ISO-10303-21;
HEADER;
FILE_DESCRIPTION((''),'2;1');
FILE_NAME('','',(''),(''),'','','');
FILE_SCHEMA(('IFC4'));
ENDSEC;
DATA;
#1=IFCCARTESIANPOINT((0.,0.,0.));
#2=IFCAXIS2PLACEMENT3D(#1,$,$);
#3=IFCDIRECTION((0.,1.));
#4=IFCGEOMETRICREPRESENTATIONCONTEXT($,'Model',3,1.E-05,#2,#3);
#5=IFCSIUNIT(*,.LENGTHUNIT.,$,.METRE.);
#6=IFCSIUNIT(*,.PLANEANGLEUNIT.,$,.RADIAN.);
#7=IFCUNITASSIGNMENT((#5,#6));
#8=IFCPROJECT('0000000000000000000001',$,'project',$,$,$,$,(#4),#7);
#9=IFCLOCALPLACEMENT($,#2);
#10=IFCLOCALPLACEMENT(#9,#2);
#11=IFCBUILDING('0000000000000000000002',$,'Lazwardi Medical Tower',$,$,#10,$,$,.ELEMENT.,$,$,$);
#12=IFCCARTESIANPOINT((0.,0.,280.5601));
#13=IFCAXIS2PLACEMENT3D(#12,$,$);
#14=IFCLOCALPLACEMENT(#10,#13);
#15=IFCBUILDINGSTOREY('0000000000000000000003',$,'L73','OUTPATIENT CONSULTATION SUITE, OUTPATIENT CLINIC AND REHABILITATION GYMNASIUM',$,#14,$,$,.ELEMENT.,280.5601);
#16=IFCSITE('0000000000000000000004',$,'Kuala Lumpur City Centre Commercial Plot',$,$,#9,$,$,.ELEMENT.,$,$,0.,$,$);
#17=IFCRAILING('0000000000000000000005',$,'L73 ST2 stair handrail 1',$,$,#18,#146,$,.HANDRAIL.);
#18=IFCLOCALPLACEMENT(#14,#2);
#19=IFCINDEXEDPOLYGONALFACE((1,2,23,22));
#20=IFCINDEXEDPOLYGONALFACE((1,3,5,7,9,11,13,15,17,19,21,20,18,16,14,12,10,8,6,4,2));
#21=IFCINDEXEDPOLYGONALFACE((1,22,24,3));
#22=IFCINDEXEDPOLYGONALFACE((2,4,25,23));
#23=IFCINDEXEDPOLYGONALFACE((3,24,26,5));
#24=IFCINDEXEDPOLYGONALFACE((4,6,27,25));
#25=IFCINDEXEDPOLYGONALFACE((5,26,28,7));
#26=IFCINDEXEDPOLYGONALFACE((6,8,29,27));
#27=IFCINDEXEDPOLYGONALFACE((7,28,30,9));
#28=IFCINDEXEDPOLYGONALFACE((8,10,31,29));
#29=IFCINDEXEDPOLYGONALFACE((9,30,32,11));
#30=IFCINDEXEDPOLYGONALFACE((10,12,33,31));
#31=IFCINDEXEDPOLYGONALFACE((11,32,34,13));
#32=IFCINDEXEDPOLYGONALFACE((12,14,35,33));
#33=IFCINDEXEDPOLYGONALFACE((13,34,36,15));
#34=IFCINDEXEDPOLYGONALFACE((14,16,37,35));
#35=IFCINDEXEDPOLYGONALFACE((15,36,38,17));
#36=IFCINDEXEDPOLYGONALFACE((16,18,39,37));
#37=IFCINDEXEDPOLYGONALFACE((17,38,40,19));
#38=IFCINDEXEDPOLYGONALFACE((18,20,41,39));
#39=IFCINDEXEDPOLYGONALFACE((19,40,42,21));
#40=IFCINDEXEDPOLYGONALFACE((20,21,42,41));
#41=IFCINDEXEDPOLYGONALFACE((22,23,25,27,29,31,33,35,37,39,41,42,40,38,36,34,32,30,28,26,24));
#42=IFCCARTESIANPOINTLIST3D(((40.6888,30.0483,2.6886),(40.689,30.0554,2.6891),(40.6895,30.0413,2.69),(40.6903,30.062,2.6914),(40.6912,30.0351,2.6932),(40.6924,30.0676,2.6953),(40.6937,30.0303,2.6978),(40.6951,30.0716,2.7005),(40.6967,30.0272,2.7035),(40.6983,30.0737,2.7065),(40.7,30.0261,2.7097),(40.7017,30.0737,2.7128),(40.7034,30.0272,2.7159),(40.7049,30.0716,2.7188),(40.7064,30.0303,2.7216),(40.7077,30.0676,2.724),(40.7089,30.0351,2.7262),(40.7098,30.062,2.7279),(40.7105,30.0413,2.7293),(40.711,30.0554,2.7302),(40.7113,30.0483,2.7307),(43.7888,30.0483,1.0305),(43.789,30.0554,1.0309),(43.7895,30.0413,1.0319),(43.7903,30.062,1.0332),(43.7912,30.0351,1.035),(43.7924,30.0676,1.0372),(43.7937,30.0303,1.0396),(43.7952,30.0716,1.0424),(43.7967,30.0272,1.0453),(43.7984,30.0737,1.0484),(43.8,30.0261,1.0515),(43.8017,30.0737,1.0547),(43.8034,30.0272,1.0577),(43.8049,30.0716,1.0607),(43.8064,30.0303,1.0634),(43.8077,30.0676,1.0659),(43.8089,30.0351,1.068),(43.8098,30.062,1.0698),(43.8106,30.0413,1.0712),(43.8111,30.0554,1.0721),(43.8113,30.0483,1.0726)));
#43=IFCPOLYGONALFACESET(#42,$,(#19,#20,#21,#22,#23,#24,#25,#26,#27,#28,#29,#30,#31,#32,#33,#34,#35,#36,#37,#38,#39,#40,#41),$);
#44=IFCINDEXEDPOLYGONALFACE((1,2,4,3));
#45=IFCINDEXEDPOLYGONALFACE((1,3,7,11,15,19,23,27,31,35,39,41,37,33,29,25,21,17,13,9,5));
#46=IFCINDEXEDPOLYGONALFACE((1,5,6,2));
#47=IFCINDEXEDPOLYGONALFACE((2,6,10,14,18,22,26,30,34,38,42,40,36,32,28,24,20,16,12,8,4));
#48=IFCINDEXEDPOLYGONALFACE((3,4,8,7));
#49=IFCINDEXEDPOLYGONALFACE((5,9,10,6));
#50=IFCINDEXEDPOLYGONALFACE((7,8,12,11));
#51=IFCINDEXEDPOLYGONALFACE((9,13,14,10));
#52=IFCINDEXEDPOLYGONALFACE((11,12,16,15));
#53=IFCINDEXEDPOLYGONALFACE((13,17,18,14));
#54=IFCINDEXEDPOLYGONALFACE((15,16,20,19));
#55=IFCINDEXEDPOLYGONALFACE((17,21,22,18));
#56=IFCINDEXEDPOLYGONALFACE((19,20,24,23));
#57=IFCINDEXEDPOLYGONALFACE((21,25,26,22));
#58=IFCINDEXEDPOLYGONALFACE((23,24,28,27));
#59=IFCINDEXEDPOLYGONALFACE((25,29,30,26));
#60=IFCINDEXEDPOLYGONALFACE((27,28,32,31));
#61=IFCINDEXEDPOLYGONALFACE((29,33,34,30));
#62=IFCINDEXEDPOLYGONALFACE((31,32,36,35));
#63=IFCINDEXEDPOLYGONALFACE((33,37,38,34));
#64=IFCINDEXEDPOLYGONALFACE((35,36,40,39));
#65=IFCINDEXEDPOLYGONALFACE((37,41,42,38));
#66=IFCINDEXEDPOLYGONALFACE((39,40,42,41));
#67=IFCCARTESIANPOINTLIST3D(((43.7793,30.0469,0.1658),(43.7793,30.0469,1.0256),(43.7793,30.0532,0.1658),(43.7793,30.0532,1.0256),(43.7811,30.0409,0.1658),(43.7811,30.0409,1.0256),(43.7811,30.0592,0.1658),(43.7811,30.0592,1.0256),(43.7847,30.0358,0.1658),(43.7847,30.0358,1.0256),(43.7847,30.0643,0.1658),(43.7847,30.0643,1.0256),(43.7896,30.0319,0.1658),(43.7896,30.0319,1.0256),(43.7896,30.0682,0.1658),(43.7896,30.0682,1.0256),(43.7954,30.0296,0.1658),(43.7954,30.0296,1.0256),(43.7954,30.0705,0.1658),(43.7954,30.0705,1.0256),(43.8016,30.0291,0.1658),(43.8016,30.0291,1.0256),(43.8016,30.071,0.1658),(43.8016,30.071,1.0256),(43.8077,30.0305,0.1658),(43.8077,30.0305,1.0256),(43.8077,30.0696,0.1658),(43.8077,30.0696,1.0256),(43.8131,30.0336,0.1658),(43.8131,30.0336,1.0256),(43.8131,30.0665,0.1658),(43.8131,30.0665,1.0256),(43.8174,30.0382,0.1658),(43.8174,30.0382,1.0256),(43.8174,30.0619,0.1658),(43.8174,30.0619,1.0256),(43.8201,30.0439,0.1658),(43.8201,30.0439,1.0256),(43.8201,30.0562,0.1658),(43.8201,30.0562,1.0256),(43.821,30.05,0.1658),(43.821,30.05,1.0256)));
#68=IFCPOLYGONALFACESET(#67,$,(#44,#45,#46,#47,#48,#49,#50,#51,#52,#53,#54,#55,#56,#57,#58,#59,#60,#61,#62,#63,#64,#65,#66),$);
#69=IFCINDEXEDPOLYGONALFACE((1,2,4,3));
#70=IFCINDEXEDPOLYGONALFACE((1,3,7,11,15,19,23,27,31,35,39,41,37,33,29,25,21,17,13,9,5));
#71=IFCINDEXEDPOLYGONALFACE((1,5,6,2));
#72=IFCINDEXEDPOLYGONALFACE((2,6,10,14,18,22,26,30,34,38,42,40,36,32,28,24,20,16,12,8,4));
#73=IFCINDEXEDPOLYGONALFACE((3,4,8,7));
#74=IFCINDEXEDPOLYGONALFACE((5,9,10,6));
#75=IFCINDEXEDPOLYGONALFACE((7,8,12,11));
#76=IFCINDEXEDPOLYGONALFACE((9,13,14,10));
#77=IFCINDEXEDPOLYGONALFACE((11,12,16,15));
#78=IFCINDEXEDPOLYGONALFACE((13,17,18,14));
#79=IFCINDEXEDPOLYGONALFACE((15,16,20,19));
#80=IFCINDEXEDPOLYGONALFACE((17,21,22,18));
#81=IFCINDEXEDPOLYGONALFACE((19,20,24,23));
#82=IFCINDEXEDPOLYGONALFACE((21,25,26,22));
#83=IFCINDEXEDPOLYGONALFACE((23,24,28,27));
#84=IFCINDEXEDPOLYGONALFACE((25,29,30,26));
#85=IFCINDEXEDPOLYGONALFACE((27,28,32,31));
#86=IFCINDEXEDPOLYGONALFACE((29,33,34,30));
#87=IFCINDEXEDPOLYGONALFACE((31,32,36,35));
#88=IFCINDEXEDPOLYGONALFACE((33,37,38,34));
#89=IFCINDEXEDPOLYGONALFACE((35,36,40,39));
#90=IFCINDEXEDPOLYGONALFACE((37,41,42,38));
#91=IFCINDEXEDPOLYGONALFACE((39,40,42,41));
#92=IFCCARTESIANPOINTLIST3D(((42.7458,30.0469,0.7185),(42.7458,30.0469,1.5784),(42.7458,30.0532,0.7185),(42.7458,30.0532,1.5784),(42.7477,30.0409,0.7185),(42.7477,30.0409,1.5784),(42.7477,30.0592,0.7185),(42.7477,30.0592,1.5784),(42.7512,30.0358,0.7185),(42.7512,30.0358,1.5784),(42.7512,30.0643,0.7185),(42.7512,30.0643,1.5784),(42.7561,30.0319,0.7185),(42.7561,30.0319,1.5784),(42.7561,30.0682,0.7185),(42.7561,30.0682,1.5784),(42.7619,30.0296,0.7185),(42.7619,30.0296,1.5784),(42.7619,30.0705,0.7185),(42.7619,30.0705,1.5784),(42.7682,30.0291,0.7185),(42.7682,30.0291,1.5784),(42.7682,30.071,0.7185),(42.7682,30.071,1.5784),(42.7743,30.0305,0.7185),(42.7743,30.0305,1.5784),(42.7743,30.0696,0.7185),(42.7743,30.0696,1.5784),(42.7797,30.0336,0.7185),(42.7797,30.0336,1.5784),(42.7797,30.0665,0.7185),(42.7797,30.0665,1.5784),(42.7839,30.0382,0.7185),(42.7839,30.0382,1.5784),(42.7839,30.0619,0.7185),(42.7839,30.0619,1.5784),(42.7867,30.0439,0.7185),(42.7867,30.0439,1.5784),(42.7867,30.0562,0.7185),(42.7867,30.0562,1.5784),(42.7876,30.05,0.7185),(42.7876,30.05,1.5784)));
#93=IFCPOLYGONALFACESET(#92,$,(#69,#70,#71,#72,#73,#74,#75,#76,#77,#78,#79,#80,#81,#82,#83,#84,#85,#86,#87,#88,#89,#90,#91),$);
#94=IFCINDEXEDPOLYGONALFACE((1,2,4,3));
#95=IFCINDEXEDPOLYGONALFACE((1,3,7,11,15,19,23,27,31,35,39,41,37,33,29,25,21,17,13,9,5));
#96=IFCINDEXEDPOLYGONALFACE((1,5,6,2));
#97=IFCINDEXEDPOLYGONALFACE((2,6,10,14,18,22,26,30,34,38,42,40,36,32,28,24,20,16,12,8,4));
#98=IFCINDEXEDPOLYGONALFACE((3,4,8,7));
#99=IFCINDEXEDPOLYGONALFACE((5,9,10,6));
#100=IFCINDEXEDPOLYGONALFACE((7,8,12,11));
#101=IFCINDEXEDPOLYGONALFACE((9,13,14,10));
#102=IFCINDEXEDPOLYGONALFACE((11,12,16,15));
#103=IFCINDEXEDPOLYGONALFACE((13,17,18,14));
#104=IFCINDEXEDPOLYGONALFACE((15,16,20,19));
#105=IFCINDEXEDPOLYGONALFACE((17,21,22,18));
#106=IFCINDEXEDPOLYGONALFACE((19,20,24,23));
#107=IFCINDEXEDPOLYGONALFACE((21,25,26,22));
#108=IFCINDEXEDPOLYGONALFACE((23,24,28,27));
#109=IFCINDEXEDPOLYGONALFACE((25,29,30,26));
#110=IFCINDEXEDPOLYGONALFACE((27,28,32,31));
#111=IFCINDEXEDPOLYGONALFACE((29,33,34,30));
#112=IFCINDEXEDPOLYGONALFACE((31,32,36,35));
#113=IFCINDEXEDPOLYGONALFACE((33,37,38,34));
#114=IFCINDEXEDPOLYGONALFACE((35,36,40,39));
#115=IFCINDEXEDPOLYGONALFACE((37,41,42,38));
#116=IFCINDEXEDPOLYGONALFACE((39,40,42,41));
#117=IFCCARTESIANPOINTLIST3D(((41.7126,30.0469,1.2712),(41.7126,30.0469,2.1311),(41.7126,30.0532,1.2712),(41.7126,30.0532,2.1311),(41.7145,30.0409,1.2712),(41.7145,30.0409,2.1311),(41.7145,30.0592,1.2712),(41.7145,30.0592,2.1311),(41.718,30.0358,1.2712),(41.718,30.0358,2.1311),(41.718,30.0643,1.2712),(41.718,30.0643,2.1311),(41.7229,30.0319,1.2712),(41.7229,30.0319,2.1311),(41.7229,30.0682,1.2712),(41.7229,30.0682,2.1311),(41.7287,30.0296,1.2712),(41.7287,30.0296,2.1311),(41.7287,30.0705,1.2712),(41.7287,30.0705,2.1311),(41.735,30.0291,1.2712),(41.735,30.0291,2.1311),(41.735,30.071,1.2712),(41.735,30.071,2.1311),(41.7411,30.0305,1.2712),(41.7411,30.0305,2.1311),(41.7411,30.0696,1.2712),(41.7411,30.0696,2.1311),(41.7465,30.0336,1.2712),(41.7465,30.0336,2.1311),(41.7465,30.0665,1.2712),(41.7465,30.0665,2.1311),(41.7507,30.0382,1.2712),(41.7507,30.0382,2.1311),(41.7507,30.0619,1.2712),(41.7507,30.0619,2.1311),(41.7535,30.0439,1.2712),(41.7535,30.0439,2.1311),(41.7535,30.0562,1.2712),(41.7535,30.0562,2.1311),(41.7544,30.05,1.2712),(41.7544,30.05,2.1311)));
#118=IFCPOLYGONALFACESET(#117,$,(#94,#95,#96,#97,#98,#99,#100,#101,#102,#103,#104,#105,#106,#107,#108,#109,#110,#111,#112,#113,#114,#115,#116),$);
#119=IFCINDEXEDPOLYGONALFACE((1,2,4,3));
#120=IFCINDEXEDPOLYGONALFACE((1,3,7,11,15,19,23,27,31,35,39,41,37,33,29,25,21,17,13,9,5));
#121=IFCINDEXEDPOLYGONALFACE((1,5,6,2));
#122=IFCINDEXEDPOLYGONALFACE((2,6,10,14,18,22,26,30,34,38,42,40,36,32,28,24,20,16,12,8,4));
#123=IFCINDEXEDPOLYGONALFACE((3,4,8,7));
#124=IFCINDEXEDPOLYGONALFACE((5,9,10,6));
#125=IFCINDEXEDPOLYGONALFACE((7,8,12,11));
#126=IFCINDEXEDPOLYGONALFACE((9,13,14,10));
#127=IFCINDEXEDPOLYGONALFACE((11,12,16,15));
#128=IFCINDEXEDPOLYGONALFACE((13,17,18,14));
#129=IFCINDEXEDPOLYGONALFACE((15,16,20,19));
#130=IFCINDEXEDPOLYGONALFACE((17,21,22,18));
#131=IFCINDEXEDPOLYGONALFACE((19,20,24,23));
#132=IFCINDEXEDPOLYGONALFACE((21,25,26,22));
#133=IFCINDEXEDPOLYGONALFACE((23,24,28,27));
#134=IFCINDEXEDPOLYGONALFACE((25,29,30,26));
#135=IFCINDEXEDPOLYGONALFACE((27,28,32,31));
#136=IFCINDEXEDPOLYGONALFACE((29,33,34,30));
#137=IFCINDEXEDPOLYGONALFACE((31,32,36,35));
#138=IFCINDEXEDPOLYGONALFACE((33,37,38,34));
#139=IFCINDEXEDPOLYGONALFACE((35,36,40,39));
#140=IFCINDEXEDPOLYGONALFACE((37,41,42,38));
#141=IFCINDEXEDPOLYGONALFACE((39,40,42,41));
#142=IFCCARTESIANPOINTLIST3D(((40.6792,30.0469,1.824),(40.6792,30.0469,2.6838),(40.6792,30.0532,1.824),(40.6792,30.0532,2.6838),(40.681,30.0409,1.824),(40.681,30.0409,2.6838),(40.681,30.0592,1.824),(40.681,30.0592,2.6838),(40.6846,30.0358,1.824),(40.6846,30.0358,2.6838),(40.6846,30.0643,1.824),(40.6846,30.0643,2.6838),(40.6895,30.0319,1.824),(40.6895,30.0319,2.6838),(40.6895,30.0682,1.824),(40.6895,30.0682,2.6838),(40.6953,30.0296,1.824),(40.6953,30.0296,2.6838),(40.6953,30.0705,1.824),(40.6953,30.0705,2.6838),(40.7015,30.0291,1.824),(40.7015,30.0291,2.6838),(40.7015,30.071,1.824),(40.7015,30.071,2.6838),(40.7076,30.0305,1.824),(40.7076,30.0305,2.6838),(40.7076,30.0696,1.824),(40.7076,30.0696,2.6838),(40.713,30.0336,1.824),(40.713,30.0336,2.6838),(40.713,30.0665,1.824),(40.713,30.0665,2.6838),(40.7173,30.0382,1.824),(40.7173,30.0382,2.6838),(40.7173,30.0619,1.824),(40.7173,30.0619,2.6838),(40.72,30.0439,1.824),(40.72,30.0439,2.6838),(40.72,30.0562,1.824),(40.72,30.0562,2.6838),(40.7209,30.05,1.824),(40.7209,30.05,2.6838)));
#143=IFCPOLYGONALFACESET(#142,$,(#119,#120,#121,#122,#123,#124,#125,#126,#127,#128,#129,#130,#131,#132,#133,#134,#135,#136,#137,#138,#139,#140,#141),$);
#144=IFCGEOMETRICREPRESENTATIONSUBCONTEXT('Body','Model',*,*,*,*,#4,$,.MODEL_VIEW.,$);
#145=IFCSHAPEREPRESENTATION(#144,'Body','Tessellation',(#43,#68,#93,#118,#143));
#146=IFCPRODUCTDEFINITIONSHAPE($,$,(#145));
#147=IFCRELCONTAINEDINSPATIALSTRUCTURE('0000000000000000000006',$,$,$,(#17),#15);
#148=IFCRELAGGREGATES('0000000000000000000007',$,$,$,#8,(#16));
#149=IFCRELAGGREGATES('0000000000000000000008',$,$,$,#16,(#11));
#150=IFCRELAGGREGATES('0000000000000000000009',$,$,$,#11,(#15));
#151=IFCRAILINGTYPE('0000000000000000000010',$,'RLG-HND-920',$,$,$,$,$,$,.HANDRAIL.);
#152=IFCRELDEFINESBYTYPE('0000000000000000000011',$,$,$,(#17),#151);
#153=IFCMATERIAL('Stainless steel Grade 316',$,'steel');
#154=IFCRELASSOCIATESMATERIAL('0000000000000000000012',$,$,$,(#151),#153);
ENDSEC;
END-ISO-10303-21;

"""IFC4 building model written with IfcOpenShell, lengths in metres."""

from ifc_helpers import new_model, si_unit, direction, frame, origin, origin_2d, place, context, subcontext, project, spatial, circle, extrude, material, type_object, element, save


model = new_model("IFC4")

# Units and contexts
model_context = context("Model", 3, precision=1e-05, world=origin(), true_north=direction((0.0, 1.0)))
body_context = subcontext(model_context, "Body", "Model", "MODEL_VIEW")
ifc_project = project(units=[si_unit("LENGTHUNIT", "METRE"), si_unit("PLANEANGLEUNIT", "RADIAN")], contexts=[model_context])

# Site, building, storey
site_placement = place(None, origin())
site = spatial("IfcSite", under=ifc_project, at=site_placement, Name="Kuala Lumpur City Centre Commercial Plot", CompositionType="ELEMENT", RefElevation=0.0)
building_placement = place(site_placement, origin())
building = spatial("IfcBuilding", under=site, at=building_placement, Name="Lazwardi Medical Tower", CompositionType="ELEMENT")
storey_placement = place(building_placement, frame((0.0, 0.0, 280.5601)))
storey = spatial("IfcBuildingStorey", under=building, at=storey_placement, Name="L73", Description="OUTPATIENT CONSULTATION SUITE, OUTPATIENT CLINIC AND REHABILITATION GYMNASIUM", CompositionType="ELEMENT", Elevation=280.5601)

# Railing
ifc_material_1 = material(Name="Stainless steel Grade 316", Category="steel")
railing_type_1 = type_object("IfcRailingType", Name="RLG-HND-920", PredefinedType="HANDRAIL", material=ifc_material_1)
railing_1_placement = place(storey_placement, frame((43.8, 30.05, 0.1658)))
element("IfcRailing", 1, at=railing_1_placement, inside=storey, type_object=railing_type_1, Name="L73 ST2 stair handrail 1", PredefinedType="HANDRAIL", context=body_context, shape_type="SweptSolid", body=[
    extrude(circle(Radius=0.0239, at=origin_2d()), frame((0.0, 0.0, 0.8857), z_axis=(-0.881783, 0.0, 0.471655), x_axis=(0.0, -1.0, 0.0)), (0.0, 0.0, 1.0), 3.5156),
    extrude(circle(Radius=0.021, at=origin_2d()), origin(), (0.0, 0.0, 1.0), 0.8599),
    extrude(circle(Radius=0.021, at=origin_2d()), frame((-1.0334, 0.0, 0.5527)), (0.0, 0.0, 1.0), 0.8599),
    extrude(circle(Radius=0.021, at=origin_2d()), frame((-2.0667, 0.0, 1.1055)), (0.0, 0.0, 1.0), 0.8599),
    extrude(circle(Radius=0.021, at=origin_2d()), frame((-3.1001, 0.0, 1.6582)), (0.0, 0.0, 1.0), 0.8599),
])

save(model, "model.ifc")
